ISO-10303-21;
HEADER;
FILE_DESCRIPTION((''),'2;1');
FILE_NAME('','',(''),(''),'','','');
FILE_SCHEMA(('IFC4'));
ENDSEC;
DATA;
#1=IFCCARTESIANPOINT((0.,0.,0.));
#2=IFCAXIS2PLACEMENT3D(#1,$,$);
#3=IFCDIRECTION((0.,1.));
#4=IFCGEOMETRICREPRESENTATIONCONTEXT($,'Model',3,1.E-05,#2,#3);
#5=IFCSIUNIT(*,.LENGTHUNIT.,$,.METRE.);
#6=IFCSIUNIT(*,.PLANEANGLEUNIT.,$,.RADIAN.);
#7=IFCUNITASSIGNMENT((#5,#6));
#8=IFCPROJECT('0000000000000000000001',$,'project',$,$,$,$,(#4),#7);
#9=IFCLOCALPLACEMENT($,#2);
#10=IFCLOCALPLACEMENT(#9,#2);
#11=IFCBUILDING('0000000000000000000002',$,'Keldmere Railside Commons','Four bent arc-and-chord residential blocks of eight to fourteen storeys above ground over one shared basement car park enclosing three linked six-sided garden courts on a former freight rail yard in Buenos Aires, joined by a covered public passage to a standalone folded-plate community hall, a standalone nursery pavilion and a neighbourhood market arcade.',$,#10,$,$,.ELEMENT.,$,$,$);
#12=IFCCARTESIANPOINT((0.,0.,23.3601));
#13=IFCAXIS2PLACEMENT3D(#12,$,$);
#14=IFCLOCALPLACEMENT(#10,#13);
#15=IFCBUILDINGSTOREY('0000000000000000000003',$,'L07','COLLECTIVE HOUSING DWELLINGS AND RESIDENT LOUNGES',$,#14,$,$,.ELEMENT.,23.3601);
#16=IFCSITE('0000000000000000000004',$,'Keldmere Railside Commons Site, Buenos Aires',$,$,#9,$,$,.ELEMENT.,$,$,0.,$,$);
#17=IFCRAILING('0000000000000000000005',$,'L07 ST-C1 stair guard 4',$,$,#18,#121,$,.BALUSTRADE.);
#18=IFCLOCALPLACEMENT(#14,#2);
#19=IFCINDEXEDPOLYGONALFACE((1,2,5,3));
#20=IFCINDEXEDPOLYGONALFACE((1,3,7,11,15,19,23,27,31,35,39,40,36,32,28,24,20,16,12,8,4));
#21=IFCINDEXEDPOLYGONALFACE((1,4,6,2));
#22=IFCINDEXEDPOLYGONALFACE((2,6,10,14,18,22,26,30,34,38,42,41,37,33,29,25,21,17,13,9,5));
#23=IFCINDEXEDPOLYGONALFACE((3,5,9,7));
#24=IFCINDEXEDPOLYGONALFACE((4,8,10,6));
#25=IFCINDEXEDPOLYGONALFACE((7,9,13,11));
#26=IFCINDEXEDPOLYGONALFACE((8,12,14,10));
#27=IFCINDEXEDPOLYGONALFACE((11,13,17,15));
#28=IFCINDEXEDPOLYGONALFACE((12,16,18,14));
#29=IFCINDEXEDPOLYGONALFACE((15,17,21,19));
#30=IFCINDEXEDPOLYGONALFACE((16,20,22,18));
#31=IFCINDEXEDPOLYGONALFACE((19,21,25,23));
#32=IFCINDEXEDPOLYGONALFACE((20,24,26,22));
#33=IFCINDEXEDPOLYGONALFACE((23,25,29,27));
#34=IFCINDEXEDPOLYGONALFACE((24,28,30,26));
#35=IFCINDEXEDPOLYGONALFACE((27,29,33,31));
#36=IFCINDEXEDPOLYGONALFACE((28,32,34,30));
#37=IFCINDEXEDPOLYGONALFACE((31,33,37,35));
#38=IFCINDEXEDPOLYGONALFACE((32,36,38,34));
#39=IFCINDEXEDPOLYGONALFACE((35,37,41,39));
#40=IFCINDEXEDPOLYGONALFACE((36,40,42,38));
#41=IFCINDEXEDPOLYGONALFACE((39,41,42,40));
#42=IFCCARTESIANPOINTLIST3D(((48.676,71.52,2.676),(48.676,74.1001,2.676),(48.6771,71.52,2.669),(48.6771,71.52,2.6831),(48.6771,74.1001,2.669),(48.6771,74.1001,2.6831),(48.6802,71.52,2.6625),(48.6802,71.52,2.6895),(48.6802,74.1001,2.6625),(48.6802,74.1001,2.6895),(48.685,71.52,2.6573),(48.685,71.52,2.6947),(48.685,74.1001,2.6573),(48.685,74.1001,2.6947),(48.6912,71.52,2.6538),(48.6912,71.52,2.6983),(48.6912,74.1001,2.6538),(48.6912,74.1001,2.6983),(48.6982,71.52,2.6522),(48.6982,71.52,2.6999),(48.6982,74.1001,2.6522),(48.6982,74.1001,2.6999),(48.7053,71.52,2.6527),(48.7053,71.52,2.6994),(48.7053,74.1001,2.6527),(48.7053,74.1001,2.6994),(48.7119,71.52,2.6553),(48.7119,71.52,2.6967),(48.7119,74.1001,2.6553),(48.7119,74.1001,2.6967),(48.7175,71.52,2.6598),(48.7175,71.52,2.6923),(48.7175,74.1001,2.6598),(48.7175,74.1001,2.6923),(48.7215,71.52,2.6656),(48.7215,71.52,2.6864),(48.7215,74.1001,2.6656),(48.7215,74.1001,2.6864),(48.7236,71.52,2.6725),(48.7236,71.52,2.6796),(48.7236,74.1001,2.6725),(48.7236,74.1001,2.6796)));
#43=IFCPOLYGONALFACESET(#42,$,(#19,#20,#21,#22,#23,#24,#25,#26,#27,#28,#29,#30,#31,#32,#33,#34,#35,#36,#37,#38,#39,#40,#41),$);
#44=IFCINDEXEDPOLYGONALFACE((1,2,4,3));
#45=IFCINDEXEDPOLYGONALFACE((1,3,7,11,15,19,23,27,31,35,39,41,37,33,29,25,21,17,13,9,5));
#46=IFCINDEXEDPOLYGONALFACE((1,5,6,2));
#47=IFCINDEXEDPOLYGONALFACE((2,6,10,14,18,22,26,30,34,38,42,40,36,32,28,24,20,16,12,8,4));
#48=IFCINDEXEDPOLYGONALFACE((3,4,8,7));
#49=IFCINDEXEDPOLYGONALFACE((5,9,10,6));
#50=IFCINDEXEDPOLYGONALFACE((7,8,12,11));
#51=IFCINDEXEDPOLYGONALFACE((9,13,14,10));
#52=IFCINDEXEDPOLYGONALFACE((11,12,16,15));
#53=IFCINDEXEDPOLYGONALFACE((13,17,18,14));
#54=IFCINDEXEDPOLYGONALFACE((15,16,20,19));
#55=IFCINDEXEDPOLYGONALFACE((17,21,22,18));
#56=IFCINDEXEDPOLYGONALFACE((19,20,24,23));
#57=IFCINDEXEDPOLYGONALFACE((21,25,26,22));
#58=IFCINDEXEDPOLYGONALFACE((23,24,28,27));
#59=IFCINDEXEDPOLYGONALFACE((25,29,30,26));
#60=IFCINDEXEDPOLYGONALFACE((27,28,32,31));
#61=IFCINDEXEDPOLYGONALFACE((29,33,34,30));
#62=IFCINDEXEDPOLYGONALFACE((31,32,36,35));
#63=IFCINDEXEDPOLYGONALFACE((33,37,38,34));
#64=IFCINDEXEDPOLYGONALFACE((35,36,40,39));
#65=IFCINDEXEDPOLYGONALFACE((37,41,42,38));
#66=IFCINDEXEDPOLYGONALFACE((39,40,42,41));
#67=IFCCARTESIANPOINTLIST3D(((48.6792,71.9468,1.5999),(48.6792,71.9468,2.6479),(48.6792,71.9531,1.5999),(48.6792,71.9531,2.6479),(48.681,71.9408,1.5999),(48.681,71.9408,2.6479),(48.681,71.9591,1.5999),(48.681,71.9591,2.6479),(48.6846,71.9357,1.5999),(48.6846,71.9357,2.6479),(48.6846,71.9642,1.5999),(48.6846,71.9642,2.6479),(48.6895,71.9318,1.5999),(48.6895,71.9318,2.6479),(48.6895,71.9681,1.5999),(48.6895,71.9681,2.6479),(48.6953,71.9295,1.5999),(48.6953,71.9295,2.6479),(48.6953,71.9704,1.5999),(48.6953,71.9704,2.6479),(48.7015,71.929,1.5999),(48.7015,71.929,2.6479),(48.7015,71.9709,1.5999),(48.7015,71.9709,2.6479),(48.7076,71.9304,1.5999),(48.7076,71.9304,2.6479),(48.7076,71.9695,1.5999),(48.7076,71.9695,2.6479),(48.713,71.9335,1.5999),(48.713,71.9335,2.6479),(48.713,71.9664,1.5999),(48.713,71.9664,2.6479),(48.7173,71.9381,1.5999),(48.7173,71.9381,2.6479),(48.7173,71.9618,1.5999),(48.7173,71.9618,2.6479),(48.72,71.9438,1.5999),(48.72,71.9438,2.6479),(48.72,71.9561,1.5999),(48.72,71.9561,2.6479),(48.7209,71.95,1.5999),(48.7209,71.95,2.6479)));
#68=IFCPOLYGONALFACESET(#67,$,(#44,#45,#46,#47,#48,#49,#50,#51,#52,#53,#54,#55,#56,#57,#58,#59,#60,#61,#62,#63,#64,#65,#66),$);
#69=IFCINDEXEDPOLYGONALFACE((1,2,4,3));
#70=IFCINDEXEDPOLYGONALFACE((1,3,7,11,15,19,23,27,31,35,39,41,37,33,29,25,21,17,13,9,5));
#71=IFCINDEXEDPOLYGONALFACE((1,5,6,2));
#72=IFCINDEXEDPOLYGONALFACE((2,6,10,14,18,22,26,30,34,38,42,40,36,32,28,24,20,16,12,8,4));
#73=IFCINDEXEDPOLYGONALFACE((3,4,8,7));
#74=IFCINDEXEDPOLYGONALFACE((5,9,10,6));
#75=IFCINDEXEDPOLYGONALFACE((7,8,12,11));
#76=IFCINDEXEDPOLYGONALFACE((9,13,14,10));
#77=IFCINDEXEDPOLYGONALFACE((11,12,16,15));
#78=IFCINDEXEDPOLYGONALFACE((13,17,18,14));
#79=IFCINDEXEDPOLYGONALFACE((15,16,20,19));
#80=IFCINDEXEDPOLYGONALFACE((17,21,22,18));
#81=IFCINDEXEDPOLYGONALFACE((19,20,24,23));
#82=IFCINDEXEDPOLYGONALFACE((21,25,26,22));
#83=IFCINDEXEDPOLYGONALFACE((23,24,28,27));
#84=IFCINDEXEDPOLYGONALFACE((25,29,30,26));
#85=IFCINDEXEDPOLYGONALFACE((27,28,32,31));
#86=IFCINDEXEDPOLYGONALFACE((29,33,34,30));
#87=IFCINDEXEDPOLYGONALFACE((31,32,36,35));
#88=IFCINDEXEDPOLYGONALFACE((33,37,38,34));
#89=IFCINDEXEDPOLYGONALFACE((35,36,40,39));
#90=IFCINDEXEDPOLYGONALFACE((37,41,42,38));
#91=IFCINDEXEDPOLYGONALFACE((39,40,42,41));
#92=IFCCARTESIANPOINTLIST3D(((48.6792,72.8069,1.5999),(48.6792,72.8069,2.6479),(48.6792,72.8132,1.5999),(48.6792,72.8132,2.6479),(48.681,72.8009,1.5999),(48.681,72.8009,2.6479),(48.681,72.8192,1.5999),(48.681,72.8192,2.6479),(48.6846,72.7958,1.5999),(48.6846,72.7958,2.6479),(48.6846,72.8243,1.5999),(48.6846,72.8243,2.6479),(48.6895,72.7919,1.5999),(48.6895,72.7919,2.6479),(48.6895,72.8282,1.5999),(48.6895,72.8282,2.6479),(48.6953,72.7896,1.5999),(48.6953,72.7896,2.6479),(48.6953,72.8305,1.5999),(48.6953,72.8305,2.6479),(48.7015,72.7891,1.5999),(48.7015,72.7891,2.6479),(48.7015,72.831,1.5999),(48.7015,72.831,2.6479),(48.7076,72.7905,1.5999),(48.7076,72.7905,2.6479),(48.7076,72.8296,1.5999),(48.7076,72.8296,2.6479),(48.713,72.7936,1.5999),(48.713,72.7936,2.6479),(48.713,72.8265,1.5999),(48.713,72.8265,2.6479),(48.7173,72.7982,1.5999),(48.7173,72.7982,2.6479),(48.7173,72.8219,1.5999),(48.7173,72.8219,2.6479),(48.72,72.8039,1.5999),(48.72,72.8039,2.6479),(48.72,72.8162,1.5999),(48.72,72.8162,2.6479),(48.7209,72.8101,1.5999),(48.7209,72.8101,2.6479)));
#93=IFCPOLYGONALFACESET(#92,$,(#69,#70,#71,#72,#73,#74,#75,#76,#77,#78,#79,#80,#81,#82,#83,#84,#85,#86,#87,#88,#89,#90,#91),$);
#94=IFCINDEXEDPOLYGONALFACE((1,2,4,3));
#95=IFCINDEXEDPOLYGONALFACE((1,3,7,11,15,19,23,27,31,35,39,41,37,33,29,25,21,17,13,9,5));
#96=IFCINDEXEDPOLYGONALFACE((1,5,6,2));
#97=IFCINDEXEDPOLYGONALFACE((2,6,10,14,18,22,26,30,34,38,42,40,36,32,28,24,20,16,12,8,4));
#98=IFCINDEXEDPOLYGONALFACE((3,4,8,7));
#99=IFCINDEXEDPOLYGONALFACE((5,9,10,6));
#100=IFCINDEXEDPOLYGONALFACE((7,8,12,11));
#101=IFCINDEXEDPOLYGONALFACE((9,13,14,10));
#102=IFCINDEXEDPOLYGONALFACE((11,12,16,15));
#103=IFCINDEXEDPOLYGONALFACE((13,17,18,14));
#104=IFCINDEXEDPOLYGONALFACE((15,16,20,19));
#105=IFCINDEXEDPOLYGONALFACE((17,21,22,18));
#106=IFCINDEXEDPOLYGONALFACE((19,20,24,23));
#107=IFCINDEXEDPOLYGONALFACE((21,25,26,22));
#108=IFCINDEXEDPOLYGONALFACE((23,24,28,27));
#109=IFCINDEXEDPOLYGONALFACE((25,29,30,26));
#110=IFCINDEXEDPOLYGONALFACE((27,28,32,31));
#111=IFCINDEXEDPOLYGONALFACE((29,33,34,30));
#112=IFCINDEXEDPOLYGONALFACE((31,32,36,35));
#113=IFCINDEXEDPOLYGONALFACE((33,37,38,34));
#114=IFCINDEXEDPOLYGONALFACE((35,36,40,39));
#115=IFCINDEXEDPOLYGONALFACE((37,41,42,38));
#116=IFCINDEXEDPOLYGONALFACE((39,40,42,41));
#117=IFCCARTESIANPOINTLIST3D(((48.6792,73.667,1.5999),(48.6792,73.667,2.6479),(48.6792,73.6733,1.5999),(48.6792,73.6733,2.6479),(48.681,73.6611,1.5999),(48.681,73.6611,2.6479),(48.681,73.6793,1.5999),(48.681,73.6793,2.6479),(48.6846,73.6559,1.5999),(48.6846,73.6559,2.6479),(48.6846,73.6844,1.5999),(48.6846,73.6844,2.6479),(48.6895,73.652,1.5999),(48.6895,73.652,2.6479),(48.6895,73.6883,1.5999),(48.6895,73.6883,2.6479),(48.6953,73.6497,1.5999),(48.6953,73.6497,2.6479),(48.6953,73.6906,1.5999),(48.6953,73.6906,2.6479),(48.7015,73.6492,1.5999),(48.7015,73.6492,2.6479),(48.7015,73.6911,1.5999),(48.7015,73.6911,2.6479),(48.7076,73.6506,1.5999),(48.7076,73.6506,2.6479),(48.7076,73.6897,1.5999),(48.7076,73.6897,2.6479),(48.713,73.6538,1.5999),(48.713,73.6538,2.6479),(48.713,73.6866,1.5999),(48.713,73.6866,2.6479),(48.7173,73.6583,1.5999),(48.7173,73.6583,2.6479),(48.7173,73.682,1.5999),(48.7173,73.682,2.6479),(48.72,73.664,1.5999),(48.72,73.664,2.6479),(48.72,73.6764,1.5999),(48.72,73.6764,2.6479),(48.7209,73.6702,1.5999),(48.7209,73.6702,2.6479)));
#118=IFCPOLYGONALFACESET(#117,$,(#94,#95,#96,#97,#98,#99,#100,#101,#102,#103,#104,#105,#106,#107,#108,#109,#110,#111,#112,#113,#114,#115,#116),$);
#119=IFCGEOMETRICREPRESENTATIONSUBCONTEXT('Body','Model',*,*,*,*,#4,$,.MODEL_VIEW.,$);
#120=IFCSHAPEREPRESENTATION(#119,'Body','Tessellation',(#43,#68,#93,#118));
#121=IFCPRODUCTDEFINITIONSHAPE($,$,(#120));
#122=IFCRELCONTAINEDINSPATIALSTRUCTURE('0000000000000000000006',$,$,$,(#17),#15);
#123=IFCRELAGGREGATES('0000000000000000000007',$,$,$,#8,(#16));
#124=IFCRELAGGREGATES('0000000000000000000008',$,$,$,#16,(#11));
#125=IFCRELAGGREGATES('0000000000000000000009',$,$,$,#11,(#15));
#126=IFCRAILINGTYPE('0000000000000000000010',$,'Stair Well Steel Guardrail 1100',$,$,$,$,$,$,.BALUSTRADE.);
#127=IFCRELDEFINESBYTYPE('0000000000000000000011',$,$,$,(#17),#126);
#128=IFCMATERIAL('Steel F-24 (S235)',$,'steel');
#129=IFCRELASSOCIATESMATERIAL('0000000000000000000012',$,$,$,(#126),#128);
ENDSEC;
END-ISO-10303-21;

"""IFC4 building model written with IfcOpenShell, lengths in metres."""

from ifc_helpers import new_model, si_unit, direction, frame, origin, origin_2d, place, context, subcontext, project, spatial, circle, extrude, material, type_object, element, save


model = new_model("IFC4")

# Units and contexts
model_context = context("Model", 3, precision=1e-05, world=origin(), true_north=direction((0.0, 1.0)))
body_context = subcontext(model_context, "Body", "Model", "MODEL_VIEW")
ifc_project = project(units=[si_unit("LENGTHUNIT", "METRE"), si_unit("PLANEANGLEUNIT", "RADIAN")], contexts=[model_context])

# Site, building, storey
site_placement = place(None, origin())
site = spatial("IfcSite", under=ifc_project, at=site_placement, Name="Keldmere Railside Commons Site, Buenos Aires", CompositionType="ELEMENT", RefElevation=0.0)
building_placement = place(site_placement, origin())
building = spatial("IfcBuilding", under=site, at=building_placement, Name="Keldmere Railside Commons", Description="Four bent arc-and-chord residential blocks of eight to fourteen storeys above ground over one shared basement car park enclosing three linked six-sided garden courts on a former freight rail yard in Buenos Aires, joined by a covered public passage to a standalone folded-plate community hall, a standalone nursery pavilion and a neighbourhood market arcade.", CompositionType="ELEMENT")
storey_placement = place(building_placement, frame((0.0, 0.0, 23.3601)))
storey = spatial("IfcBuildingStorey", under=building, at=storey_placement, Name="L07", Description="COLLECTIVE HOUSING DWELLINGS AND RESIDENT LOUNGES", CompositionType="ELEMENT", Elevation=23.3601)

# Shared definitions
ifc_material_1 = material(Name="Steel F-24 (S235)", Category="steel")

# Railing
railing_type_1 = type_object("IfcRailingType", Name="Stair Well Steel Guardrail 1100", PredefinedType="BALUSTRADE", material=ifc_material_1)
for number, where, name in (
    (1, (48.7, 71.52, 1.5999), "L07 ST-C1 stair guard 4"),
):
    element("IfcRailing", number, at=place(storey_placement, frame(where)), inside=storey, type_object=railing_type_1, Name=name, PredefinedType="BALUSTRADE", context=body_context, shape_type="SweptSolid", body=[
        extrude(circle(Radius=0.0239, at=origin_2d()), frame((0.0, 0.0, 1.0762), z_axis=(0.0, 1.0, 0.0), x_axis=(-1.0, 0.0, 0.0)), (0.0, 0.0, 1.0), 2.5801),
        extrude(circle(Radius=0.021, at=origin_2d()), frame((0.0, 0.4299, 0.0)), (0.0, 0.0, 1.0), 1.0481),
        extrude(circle(Radius=0.021, at=origin_2d()), frame((0.0, 1.29, 0.0)), (0.0, 0.0, 1.0), 1.0481),
        extrude(circle(Radius=0.021, at=origin_2d()), frame((0.0, 2.1501, 0.0)), (0.0, 0.0, 1.0), 1.0481),
    ])

save(model, "model.ifc")
